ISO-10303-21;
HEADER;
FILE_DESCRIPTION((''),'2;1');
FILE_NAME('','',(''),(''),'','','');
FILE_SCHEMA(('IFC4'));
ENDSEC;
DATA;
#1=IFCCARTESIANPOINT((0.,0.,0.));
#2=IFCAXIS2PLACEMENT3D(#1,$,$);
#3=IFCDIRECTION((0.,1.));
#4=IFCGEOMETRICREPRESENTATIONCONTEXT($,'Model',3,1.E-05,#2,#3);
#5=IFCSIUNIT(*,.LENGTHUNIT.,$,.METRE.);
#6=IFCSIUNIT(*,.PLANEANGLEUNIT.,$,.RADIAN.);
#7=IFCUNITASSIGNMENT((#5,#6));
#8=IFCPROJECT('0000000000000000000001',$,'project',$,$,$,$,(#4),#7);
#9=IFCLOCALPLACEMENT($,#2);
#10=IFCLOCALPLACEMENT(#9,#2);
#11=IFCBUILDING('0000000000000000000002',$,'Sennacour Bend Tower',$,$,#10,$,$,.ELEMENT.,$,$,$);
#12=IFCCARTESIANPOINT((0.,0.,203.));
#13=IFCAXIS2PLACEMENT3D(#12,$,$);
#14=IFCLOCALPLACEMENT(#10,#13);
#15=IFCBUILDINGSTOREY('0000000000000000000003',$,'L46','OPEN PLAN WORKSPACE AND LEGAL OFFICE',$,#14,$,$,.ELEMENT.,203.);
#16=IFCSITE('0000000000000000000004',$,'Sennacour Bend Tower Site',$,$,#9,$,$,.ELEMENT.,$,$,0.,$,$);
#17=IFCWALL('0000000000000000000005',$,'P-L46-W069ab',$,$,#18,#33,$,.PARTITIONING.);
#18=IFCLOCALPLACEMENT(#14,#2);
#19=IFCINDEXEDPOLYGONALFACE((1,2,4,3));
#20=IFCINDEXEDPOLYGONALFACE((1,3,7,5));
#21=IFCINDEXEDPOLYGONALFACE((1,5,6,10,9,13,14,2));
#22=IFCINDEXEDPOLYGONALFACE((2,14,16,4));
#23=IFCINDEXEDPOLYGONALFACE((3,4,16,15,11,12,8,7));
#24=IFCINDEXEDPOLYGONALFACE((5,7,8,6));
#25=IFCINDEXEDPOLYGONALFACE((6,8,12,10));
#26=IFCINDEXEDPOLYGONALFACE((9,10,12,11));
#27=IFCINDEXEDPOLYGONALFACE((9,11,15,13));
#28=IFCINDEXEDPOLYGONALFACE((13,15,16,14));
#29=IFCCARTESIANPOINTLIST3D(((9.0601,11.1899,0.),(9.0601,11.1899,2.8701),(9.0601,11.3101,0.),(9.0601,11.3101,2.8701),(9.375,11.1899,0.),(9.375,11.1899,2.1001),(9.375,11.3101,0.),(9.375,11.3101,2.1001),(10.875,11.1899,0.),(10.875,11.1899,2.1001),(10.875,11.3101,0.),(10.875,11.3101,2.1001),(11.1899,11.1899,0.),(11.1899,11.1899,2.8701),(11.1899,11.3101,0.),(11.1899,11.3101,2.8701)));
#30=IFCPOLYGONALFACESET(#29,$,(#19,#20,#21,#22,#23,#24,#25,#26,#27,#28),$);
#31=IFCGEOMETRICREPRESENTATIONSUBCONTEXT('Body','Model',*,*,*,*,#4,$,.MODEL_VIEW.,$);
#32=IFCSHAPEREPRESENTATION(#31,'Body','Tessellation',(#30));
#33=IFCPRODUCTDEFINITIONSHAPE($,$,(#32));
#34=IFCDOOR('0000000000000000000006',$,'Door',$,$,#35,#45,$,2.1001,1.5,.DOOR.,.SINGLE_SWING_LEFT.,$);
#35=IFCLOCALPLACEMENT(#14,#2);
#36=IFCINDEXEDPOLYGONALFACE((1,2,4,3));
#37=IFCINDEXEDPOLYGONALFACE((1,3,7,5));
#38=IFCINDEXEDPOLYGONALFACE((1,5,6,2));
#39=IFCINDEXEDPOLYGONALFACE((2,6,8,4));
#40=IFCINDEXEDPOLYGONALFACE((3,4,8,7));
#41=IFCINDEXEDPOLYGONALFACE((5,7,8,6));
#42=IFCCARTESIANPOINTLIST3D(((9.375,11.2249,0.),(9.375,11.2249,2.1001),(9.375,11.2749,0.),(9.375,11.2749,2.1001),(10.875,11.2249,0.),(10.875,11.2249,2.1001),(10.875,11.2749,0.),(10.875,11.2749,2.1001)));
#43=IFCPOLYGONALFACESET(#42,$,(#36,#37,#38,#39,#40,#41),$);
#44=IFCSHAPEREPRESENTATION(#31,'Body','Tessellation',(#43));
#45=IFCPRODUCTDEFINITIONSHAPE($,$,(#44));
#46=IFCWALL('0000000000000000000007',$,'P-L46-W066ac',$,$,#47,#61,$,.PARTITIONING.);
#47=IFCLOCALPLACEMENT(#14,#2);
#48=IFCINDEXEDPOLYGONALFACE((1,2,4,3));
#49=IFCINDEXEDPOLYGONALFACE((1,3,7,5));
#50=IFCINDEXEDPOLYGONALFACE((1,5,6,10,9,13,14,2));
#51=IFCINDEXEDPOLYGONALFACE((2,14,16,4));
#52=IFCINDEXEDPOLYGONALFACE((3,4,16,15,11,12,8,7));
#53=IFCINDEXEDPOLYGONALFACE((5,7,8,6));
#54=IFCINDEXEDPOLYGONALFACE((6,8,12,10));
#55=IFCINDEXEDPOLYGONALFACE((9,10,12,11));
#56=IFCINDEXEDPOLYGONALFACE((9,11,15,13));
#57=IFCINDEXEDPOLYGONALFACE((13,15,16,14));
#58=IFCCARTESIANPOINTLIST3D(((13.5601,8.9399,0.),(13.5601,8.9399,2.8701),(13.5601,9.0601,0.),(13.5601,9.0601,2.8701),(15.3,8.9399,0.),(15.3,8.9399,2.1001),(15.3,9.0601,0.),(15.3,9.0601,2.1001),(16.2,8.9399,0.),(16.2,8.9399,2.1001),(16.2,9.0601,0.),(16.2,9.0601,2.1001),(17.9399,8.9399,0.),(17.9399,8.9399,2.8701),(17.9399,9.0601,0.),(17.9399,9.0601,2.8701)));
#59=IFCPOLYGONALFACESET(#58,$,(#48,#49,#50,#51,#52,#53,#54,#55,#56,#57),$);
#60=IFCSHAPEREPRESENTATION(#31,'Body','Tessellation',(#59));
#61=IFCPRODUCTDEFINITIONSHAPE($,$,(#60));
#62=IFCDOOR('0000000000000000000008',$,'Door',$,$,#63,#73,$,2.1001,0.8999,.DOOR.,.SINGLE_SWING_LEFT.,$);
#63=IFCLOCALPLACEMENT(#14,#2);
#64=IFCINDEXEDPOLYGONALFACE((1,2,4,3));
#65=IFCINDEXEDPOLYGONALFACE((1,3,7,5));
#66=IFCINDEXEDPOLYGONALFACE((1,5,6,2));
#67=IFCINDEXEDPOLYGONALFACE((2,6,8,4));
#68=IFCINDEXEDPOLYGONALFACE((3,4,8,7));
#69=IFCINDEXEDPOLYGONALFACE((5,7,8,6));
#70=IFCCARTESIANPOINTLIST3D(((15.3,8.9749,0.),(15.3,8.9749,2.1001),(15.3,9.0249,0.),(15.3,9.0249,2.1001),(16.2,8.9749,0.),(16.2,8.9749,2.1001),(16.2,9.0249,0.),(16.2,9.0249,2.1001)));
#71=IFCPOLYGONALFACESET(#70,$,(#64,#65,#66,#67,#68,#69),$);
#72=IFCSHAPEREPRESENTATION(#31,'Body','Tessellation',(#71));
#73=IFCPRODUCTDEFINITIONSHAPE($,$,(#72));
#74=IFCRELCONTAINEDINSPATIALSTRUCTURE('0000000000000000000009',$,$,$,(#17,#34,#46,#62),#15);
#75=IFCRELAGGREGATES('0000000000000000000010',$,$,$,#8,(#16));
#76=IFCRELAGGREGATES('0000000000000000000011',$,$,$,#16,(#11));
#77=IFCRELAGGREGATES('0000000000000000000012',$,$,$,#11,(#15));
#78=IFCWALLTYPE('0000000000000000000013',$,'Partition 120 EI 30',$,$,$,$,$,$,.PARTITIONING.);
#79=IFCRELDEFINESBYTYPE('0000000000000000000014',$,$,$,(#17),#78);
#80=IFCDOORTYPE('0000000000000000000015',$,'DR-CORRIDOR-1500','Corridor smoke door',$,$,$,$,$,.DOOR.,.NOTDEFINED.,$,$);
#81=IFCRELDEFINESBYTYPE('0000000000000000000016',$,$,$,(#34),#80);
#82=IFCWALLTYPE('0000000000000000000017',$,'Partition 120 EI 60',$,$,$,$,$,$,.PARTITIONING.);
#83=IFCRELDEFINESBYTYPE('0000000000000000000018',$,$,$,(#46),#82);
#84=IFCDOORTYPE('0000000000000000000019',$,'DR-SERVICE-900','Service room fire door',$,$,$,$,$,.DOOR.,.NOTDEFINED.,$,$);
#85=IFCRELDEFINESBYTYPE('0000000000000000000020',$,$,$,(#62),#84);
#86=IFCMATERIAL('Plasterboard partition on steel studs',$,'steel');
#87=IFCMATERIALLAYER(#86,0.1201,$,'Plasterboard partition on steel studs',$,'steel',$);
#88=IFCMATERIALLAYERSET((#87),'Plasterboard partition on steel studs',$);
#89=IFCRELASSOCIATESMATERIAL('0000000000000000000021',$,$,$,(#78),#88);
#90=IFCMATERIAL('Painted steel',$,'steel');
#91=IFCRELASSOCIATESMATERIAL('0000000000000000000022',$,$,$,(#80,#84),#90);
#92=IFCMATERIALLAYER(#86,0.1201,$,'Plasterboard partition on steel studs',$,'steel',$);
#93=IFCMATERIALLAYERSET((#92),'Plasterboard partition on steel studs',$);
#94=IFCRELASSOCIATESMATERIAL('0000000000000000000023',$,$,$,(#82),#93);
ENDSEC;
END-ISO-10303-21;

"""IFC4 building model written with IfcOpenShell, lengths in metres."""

from ifc_helpers import new_model, si_unit, direction, frame, frame_2d, origin, place, context, subcontext, project, spatial, rectangle, extrude, material, layer, layer_set, type_object, element, fill, save


model = new_model("IFC4")

# Units and contexts
model_context = context("Model", 3, precision=1e-05, world=origin(), true_north=direction((0.0, 1.0)))
body_context = subcontext(model_context, "Body", "Model", "MODEL_VIEW")
ifc_project = project(units=[si_unit("LENGTHUNIT", "METRE"), si_unit("PLANEANGLEUNIT", "RADIAN")], contexts=[model_context])

# Site, building, storey
site_placement = place(None, origin())
site = spatial("IfcSite", under=ifc_project, at=site_placement, Name="Sennacour Bend Tower Site", CompositionType="ELEMENT", RefElevation=0.0)
building_placement = place(site_placement, origin())
building = spatial("IfcBuilding", under=site, at=building_placement, Name="Sennacour Bend Tower", CompositionType="ELEMENT")
storey_placement = place(building_placement, frame((0.0, 0.0, 203.0)))
storey = spatial("IfcBuildingStorey", under=building, at=storey_placement, Name="L46", Description="OPEN PLAN WORKSPACE AND LEGAL OFFICE", CompositionType="ELEMENT", Elevation=203.0)

# Shared definitions
ifc_material_1 = material(Name="Plasterboard partition on steel studs", Category="steel")

# Walls, openings, doors
ifc_layer_1 = layer(ifc_material_1, 0.1201, Name="Plasterboard partition on steel studs", Category="steel")
ifc_layer_set_1 = layer_set([ifc_layer_1], Name="Plasterboard partition on steel studs")
wall_type_1 = type_object("IfcWallType", Name="Partition 120 EI 30", PredefinedType="PARTITIONING", material=ifc_layer_set_1)
wall_1_placement = place(storey_placement, frame((9.0601, 11.25, 0.0), z_axis=(0.0, 0.0, 1.0), x_axis=(1.0, 0.0, 0.0)))
wall_1 = element("IfcWall", 1, at=wall_1_placement, inside=storey, type_object=wall_type_1, Name="P-L46-W069ab", PredefinedType="PARTITIONING", context=body_context, shape_type="SweptSolid", body=[
    extrude(rectangle(XDim=2.1299, YDim=0.1201, at=frame_2d((1.0649, 0.0))), origin(), (0.0, 0.0, 1.0), 2.8701),
])
opening_1_placement = place(wall_1_placement, frame((0.3149, 0.0, 0.0)))
opening_1 = element("IfcOpeningElement", 2, at=opening_1_placement, cuts=wall_1, PredefinedType="OPENING", context=body_context, shape_type="SweptSolid", body=[
    extrude(rectangle(XDim=1.5, YDim=2.1001, at=frame_2d((0.75, 1.05))), frame((0.0, 0.0701, 0.0), z_axis=(0.0, -1.0, 0.0), x_axis=(1.0, 0.0, 0.0)), (0.0, 0.0, 1.0), 0.1401),
])
ifc_material_2 = material(Name="Painted steel", Category="steel")
door_type_1 = type_object("IfcDoorType", Name="DR-CORRIDOR-1500", Description="Corridor smoke door", OperationType="NOTDEFINED", PredefinedType="DOOR", material=ifc_material_2)
door_1_placement = place(opening_1_placement, origin())
door_1 = element("IfcDoor", 3, at=door_1_placement, inside=storey, type_object=door_type_1, Name="Door", OperationType="SINGLE_SWING_LEFT", OverallHeight=2.1001, OverallWidth=1.5, PredefinedType="DOOR", context=body_context, shape_type="SweptSolid", body=[
    extrude(rectangle(XDim=1.5, YDim=2.1001, at=frame_2d((0.75, 1.05))), frame((0.0, 0.0249, 0.0), z_axis=(0.0, -1.0, 0.0), x_axis=(1.0, 0.0, 0.0)), (0.0, 0.0, 1.0), 0.05),
])
fill(opening_1, door_1)
ifc_layer_2 = layer(ifc_material_1, 0.1201, Name="Plasterboard partition on steel studs", Category="steel")
ifc_layer_set_2 = layer_set([ifc_layer_2], Name="Plasterboard partition on steel studs")
wall_type_2 = type_object("IfcWallType", Name="Partition 120 EI 60", PredefinedType="PARTITIONING", material=ifc_layer_set_2)
wall_2_placement = place(storey_placement, frame((13.5601, 9.0, 0.0), z_axis=(0.0, 0.0, 1.0), x_axis=(1.0, 0.0, 0.0)))
wall_2 = element("IfcWall", 4, at=wall_2_placement, inside=storey, type_object=wall_type_2, Name="P-L46-W066ac", PredefinedType="PARTITIONING", context=body_context, shape_type="SweptSolid", body=[
    extrude(rectangle(XDim=4.3799, YDim=0.1201, at=frame_2d((2.1899, 0.0))), origin(), (0.0, 0.0, 1.0), 2.8701),
])
opening_2_placement = place(wall_2_placement, frame((1.74, 0.0, 0.0)))
opening_2 = element("IfcOpeningElement", 5, at=opening_2_placement, cuts=wall_2, PredefinedType="OPENING", context=body_context, shape_type="SweptSolid", body=[
    extrude(rectangle(XDim=0.8999, YDim=2.1001, at=frame_2d((0.45, 1.05))), frame((0.0, 0.0701, 0.0), z_axis=(0.0, -1.0, 0.0), x_axis=(1.0, 0.0, 0.0)), (0.0, 0.0, 1.0), 0.1401),
])
door_type_2 = type_object("IfcDoorType", Name="DR-SERVICE-900", Description="Service room fire door", OperationType="NOTDEFINED", PredefinedType="DOOR", material=ifc_material_2)
door_2_placement = place(opening_2_placement, origin())
door_2 = element("IfcDoor", 6, at=door_2_placement, inside=storey, type_object=door_type_2, Name="Door", OperationType="SINGLE_SWING_LEFT", OverallHeight=2.1001, OverallWidth=0.8999, PredefinedType="DOOR", context=body_context, shape_type="SweptSolid", body=[
    extrude(rectangle(XDim=0.8999, YDim=2.1001, at=frame_2d((0.45, 1.05))), frame((0.0, 0.0249, 0.0), z_axis=(0.0, -1.0, 0.0), x_axis=(1.0, 0.0, 0.0)), (0.0, 0.0, 1.0), 0.05),
])
fill(opening_2, door_2)

save(model, "model.ifc")
